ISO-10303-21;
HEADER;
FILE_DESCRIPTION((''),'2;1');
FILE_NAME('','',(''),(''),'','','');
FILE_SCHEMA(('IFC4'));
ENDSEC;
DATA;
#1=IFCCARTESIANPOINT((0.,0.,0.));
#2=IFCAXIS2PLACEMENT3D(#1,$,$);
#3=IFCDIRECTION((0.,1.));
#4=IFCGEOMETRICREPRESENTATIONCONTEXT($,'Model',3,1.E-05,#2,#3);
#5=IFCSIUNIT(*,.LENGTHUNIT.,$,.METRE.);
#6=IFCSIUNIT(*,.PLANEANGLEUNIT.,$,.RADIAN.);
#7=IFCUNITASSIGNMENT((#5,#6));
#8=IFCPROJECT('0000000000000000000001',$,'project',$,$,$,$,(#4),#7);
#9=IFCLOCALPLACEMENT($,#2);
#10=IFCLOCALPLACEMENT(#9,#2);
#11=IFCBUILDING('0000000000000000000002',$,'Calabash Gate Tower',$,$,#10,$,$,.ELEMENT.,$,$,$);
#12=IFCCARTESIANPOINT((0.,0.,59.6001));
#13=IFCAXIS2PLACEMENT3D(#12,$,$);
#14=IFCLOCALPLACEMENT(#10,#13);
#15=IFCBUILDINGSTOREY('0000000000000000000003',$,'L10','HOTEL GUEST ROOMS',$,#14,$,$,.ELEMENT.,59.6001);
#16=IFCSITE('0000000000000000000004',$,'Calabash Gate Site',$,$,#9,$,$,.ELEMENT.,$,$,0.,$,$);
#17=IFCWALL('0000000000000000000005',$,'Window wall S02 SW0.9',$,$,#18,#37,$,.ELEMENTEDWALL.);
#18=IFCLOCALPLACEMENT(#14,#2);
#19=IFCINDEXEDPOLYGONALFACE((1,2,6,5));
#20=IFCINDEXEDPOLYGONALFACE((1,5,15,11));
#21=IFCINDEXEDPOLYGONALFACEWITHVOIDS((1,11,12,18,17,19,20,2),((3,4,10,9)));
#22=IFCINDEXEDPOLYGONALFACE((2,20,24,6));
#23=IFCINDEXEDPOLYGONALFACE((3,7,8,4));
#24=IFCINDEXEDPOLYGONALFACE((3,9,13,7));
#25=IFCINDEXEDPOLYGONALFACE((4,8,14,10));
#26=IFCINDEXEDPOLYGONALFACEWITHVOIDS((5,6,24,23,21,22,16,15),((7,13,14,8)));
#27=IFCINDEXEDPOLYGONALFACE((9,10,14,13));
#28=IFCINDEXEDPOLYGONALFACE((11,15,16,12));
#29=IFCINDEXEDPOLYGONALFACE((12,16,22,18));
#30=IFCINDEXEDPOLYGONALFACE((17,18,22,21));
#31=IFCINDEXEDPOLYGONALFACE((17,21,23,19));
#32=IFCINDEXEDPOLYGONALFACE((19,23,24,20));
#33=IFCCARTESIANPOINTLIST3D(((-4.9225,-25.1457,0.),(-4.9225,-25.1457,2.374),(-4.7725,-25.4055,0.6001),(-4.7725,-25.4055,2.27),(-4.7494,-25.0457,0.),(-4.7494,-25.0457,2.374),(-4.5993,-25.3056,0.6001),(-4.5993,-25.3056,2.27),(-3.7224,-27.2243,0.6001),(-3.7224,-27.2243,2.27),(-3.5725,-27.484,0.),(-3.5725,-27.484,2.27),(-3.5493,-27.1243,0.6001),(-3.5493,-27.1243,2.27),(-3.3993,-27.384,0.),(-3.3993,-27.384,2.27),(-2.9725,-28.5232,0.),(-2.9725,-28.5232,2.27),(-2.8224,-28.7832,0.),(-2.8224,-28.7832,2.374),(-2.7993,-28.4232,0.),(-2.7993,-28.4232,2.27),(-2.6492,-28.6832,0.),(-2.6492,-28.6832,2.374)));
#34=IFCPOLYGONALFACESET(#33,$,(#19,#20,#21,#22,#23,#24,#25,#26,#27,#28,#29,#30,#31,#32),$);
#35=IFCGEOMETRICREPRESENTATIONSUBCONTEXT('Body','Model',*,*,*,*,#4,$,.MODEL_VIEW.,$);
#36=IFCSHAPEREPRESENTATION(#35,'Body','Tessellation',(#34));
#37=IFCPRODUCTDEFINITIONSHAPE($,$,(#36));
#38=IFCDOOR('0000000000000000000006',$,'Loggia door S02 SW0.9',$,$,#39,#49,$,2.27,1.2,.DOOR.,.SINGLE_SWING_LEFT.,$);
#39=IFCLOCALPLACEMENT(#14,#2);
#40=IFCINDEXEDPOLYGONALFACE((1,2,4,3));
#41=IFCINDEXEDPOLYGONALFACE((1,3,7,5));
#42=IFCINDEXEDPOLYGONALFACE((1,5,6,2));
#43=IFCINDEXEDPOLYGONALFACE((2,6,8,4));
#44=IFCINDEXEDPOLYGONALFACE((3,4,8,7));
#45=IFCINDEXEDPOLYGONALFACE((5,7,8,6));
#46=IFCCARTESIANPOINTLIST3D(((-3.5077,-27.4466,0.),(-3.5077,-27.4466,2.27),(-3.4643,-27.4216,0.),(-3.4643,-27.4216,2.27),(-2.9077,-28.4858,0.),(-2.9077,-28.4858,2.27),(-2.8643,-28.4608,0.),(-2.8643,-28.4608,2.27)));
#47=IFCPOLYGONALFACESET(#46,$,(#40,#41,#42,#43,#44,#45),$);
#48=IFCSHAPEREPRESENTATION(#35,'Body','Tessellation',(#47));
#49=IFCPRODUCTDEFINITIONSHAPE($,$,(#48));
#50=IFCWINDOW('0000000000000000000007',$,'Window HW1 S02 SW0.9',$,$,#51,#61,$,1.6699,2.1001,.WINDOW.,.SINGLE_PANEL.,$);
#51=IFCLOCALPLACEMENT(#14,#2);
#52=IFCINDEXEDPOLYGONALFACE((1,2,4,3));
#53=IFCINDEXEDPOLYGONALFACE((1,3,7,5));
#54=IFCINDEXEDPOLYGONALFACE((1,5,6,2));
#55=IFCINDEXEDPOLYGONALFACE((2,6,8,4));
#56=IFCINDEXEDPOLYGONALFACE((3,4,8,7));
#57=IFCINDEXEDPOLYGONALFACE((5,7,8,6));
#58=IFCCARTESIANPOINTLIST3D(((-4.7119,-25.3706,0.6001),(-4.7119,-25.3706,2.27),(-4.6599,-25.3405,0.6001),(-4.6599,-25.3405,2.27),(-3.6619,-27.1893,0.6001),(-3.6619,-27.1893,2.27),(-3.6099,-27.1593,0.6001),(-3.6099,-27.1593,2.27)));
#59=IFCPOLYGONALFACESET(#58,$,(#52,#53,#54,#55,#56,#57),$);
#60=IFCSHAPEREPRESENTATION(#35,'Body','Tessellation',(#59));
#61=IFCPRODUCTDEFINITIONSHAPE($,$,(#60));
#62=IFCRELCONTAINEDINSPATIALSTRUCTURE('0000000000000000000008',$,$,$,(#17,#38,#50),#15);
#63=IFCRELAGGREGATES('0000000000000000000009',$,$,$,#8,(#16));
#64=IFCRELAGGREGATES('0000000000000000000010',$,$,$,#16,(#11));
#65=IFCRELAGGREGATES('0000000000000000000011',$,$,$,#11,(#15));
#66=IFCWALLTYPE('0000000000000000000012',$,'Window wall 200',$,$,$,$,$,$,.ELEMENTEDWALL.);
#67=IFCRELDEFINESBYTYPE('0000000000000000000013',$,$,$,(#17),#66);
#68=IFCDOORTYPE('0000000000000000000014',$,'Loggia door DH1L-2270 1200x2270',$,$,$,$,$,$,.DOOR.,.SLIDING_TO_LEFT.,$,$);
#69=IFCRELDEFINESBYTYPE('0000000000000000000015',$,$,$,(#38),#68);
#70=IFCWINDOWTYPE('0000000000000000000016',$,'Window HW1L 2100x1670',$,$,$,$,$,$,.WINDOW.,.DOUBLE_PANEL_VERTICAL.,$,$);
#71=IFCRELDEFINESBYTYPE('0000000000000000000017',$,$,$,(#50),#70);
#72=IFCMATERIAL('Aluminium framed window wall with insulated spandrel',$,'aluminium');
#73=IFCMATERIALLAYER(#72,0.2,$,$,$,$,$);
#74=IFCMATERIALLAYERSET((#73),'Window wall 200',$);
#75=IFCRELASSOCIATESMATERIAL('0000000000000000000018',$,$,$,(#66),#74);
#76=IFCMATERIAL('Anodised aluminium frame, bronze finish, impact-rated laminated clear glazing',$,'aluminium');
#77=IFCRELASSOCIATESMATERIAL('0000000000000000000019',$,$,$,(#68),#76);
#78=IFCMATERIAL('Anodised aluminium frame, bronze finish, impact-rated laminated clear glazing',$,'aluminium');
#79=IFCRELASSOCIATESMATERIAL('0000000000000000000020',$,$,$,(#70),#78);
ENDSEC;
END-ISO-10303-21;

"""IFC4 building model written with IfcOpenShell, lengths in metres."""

from ifc_helpers import new_model, si_unit, direction, frame, frame_2d, origin, place, context, subcontext, project, spatial, rectangle, extrude, material, layer, layer_set, type_object, element, fill, save


model = new_model("IFC4")

# Units and contexts
model_context = context("Model", 3, precision=1e-05, world=origin(), true_north=direction((0.0, 1.0)))
body_context = subcontext(model_context, "Body", "Model", "MODEL_VIEW")
ifc_project = project(units=[si_unit("LENGTHUNIT", "METRE"), si_unit("PLANEANGLEUNIT", "RADIAN")], contexts=[model_context])

# Site, building, storey
site_placement = place(None, origin())
site = spatial("IfcSite", under=ifc_project, at=site_placement, Name="Calabash Gate Site", CompositionType="ELEMENT", RefElevation=0.0)
building_placement = place(site_placement, origin())
building = spatial("IfcBuilding", under=site, at=building_placement, Name="Calabash Gate Tower", CompositionType="ELEMENT")
storey_placement = place(building_placement, frame((0.0, 0.0, 59.6001)))
storey = spatial("IfcBuildingStorey", under=building, at=storey_placement, Name="L10", Description="HOTEL GUEST ROOMS", CompositionType="ELEMENT", Elevation=59.6001)

# Shared definitions
ifc_material_1 = material(Name="Aluminium framed window wall with insulated spandrel", Category="aluminium")
ifc_layer_1 = layer(ifc_material_1, 0.2)
ifc_layer_set_1 = layer_set([ifc_layer_1], Name="Window wall 200")
wall_type_1 = type_object("IfcWallType", Name="Window wall 200", PredefinedType="ELEMENTEDWALL", material=ifc_layer_set_1)

# Wall, openings, door, window
wall_1_placement = place(storey_placement, frame((-4.8359, -25.0957, 0.0), z_axis=(0.0, 0.0, 1.0), x_axis=(0.500003, -0.866024, 0.0)))
wall_1 = element("IfcWall", 1, at=wall_1_placement, inside=storey, type_object=wall_type_1, Name="Window wall S02 SW0.9", PredefinedType="ELEMENTEDWALL", context=body_context, shape_type="SweptSolid", body=[
    extrude(rectangle(XDim=4.2002, YDim=0.2, at=frame_2d((2.1001, 0.0))), origin(), (0.0, 0.0, 1.0), 2.374),
])
opening_1_placement = place(wall_1_placement, frame((0.3, 0.0, 0.6001)))
opening_1 = element("IfcOpeningElement", 2, at=opening_1_placement, cuts=wall_1, PredefinedType="OPENING", context=body_context, shape_type="SweptSolid", body=[
    extrude(rectangle(XDim=2.1001, YDim=1.6699, at=frame_2d((1.05, 0.835))), frame((0.0, 0.1099, 0.0), z_axis=(0.0, -1.0, 0.0), x_axis=(1.0, 0.0, 0.0)), (0.0, 0.0, 1.0), 0.22),
])
opening_2_placement = place(wall_1_placement, frame((2.7, 0.0, 0.0)))
opening_2 = element("IfcOpeningElement", 3, at=opening_2_placement, cuts=wall_1, PredefinedType="OPENING", context=body_context, shape_type="SweptSolid", body=[
    extrude(rectangle(XDim=1.2, YDim=2.27, at=frame_2d((0.6001, 1.135))), frame((0.0, 0.1099, 0.0), z_axis=(0.0, -1.0, 0.0), x_axis=(1.0, 0.0, 0.0)), (0.0, 0.0, 1.0), 0.22),
])
ifc_material_2 = material(Name="Anodised aluminium frame, bronze finish, impact-rated laminated clear glazing", Category="aluminium")
door_type = type_object("IfcDoorType", Name="Loggia door DH1L-2270 1200x2270", OperationType="SLIDING_TO_LEFT", PredefinedType="DOOR", material=ifc_material_2)
door_placement = place(opening_2_placement, origin())
door = element("IfcDoor", 4, at=door_placement, inside=storey, type_object=door_type, Name="Loggia door S02 SW0.9", OperationType="SINGLE_SWING_LEFT", OverallHeight=2.27, OverallWidth=1.2, PredefinedType="DOOR", context=body_context, shape_type="SweptSolid", body=[
    extrude(rectangle(XDim=1.2, YDim=2.27, at=frame_2d((0.6001, 1.135))), frame((0.0, 0.0249, 0.0), z_axis=(0.0, -1.0, 0.0), x_axis=(1.0, 0.0, 0.0)), (0.0, 0.0, 1.0), 0.05),
])
fill(opening_2, door)
ifc_material_3 = material(Name="Anodised aluminium frame, bronze finish, impact-rated laminated clear glazing", Category="aluminium")
window_type = type_object("IfcWindowType", Name="Window HW1L 2100x1670", PartitioningType="DOUBLE_PANEL_VERTICAL", PredefinedType="WINDOW", material=ifc_material_3)
window_placement = place(opening_1_placement, origin())
window = element("IfcWindow", 5, at=window_placement, inside=storey, type_object=window_type, Name="Window HW1 S02 SW0.9", OverallHeight=1.6699, OverallWidth=2.1001, PartitioningType="SINGLE_PANEL", PredefinedType="WINDOW", context=body_context, shape_type="SweptSolid", body=[
    extrude(rectangle(XDim=2.1001, YDim=1.6699, at=frame_2d((1.05, 0.835))), frame((0.0, 0.03, 0.0), z_axis=(0.0, -1.0, 0.0), x_axis=(1.0, 0.0, 0.0)), (0.0, 0.0, 1.0), 0.0601),
])
fill(opening_1, window)

save(model, "model.ifc")
